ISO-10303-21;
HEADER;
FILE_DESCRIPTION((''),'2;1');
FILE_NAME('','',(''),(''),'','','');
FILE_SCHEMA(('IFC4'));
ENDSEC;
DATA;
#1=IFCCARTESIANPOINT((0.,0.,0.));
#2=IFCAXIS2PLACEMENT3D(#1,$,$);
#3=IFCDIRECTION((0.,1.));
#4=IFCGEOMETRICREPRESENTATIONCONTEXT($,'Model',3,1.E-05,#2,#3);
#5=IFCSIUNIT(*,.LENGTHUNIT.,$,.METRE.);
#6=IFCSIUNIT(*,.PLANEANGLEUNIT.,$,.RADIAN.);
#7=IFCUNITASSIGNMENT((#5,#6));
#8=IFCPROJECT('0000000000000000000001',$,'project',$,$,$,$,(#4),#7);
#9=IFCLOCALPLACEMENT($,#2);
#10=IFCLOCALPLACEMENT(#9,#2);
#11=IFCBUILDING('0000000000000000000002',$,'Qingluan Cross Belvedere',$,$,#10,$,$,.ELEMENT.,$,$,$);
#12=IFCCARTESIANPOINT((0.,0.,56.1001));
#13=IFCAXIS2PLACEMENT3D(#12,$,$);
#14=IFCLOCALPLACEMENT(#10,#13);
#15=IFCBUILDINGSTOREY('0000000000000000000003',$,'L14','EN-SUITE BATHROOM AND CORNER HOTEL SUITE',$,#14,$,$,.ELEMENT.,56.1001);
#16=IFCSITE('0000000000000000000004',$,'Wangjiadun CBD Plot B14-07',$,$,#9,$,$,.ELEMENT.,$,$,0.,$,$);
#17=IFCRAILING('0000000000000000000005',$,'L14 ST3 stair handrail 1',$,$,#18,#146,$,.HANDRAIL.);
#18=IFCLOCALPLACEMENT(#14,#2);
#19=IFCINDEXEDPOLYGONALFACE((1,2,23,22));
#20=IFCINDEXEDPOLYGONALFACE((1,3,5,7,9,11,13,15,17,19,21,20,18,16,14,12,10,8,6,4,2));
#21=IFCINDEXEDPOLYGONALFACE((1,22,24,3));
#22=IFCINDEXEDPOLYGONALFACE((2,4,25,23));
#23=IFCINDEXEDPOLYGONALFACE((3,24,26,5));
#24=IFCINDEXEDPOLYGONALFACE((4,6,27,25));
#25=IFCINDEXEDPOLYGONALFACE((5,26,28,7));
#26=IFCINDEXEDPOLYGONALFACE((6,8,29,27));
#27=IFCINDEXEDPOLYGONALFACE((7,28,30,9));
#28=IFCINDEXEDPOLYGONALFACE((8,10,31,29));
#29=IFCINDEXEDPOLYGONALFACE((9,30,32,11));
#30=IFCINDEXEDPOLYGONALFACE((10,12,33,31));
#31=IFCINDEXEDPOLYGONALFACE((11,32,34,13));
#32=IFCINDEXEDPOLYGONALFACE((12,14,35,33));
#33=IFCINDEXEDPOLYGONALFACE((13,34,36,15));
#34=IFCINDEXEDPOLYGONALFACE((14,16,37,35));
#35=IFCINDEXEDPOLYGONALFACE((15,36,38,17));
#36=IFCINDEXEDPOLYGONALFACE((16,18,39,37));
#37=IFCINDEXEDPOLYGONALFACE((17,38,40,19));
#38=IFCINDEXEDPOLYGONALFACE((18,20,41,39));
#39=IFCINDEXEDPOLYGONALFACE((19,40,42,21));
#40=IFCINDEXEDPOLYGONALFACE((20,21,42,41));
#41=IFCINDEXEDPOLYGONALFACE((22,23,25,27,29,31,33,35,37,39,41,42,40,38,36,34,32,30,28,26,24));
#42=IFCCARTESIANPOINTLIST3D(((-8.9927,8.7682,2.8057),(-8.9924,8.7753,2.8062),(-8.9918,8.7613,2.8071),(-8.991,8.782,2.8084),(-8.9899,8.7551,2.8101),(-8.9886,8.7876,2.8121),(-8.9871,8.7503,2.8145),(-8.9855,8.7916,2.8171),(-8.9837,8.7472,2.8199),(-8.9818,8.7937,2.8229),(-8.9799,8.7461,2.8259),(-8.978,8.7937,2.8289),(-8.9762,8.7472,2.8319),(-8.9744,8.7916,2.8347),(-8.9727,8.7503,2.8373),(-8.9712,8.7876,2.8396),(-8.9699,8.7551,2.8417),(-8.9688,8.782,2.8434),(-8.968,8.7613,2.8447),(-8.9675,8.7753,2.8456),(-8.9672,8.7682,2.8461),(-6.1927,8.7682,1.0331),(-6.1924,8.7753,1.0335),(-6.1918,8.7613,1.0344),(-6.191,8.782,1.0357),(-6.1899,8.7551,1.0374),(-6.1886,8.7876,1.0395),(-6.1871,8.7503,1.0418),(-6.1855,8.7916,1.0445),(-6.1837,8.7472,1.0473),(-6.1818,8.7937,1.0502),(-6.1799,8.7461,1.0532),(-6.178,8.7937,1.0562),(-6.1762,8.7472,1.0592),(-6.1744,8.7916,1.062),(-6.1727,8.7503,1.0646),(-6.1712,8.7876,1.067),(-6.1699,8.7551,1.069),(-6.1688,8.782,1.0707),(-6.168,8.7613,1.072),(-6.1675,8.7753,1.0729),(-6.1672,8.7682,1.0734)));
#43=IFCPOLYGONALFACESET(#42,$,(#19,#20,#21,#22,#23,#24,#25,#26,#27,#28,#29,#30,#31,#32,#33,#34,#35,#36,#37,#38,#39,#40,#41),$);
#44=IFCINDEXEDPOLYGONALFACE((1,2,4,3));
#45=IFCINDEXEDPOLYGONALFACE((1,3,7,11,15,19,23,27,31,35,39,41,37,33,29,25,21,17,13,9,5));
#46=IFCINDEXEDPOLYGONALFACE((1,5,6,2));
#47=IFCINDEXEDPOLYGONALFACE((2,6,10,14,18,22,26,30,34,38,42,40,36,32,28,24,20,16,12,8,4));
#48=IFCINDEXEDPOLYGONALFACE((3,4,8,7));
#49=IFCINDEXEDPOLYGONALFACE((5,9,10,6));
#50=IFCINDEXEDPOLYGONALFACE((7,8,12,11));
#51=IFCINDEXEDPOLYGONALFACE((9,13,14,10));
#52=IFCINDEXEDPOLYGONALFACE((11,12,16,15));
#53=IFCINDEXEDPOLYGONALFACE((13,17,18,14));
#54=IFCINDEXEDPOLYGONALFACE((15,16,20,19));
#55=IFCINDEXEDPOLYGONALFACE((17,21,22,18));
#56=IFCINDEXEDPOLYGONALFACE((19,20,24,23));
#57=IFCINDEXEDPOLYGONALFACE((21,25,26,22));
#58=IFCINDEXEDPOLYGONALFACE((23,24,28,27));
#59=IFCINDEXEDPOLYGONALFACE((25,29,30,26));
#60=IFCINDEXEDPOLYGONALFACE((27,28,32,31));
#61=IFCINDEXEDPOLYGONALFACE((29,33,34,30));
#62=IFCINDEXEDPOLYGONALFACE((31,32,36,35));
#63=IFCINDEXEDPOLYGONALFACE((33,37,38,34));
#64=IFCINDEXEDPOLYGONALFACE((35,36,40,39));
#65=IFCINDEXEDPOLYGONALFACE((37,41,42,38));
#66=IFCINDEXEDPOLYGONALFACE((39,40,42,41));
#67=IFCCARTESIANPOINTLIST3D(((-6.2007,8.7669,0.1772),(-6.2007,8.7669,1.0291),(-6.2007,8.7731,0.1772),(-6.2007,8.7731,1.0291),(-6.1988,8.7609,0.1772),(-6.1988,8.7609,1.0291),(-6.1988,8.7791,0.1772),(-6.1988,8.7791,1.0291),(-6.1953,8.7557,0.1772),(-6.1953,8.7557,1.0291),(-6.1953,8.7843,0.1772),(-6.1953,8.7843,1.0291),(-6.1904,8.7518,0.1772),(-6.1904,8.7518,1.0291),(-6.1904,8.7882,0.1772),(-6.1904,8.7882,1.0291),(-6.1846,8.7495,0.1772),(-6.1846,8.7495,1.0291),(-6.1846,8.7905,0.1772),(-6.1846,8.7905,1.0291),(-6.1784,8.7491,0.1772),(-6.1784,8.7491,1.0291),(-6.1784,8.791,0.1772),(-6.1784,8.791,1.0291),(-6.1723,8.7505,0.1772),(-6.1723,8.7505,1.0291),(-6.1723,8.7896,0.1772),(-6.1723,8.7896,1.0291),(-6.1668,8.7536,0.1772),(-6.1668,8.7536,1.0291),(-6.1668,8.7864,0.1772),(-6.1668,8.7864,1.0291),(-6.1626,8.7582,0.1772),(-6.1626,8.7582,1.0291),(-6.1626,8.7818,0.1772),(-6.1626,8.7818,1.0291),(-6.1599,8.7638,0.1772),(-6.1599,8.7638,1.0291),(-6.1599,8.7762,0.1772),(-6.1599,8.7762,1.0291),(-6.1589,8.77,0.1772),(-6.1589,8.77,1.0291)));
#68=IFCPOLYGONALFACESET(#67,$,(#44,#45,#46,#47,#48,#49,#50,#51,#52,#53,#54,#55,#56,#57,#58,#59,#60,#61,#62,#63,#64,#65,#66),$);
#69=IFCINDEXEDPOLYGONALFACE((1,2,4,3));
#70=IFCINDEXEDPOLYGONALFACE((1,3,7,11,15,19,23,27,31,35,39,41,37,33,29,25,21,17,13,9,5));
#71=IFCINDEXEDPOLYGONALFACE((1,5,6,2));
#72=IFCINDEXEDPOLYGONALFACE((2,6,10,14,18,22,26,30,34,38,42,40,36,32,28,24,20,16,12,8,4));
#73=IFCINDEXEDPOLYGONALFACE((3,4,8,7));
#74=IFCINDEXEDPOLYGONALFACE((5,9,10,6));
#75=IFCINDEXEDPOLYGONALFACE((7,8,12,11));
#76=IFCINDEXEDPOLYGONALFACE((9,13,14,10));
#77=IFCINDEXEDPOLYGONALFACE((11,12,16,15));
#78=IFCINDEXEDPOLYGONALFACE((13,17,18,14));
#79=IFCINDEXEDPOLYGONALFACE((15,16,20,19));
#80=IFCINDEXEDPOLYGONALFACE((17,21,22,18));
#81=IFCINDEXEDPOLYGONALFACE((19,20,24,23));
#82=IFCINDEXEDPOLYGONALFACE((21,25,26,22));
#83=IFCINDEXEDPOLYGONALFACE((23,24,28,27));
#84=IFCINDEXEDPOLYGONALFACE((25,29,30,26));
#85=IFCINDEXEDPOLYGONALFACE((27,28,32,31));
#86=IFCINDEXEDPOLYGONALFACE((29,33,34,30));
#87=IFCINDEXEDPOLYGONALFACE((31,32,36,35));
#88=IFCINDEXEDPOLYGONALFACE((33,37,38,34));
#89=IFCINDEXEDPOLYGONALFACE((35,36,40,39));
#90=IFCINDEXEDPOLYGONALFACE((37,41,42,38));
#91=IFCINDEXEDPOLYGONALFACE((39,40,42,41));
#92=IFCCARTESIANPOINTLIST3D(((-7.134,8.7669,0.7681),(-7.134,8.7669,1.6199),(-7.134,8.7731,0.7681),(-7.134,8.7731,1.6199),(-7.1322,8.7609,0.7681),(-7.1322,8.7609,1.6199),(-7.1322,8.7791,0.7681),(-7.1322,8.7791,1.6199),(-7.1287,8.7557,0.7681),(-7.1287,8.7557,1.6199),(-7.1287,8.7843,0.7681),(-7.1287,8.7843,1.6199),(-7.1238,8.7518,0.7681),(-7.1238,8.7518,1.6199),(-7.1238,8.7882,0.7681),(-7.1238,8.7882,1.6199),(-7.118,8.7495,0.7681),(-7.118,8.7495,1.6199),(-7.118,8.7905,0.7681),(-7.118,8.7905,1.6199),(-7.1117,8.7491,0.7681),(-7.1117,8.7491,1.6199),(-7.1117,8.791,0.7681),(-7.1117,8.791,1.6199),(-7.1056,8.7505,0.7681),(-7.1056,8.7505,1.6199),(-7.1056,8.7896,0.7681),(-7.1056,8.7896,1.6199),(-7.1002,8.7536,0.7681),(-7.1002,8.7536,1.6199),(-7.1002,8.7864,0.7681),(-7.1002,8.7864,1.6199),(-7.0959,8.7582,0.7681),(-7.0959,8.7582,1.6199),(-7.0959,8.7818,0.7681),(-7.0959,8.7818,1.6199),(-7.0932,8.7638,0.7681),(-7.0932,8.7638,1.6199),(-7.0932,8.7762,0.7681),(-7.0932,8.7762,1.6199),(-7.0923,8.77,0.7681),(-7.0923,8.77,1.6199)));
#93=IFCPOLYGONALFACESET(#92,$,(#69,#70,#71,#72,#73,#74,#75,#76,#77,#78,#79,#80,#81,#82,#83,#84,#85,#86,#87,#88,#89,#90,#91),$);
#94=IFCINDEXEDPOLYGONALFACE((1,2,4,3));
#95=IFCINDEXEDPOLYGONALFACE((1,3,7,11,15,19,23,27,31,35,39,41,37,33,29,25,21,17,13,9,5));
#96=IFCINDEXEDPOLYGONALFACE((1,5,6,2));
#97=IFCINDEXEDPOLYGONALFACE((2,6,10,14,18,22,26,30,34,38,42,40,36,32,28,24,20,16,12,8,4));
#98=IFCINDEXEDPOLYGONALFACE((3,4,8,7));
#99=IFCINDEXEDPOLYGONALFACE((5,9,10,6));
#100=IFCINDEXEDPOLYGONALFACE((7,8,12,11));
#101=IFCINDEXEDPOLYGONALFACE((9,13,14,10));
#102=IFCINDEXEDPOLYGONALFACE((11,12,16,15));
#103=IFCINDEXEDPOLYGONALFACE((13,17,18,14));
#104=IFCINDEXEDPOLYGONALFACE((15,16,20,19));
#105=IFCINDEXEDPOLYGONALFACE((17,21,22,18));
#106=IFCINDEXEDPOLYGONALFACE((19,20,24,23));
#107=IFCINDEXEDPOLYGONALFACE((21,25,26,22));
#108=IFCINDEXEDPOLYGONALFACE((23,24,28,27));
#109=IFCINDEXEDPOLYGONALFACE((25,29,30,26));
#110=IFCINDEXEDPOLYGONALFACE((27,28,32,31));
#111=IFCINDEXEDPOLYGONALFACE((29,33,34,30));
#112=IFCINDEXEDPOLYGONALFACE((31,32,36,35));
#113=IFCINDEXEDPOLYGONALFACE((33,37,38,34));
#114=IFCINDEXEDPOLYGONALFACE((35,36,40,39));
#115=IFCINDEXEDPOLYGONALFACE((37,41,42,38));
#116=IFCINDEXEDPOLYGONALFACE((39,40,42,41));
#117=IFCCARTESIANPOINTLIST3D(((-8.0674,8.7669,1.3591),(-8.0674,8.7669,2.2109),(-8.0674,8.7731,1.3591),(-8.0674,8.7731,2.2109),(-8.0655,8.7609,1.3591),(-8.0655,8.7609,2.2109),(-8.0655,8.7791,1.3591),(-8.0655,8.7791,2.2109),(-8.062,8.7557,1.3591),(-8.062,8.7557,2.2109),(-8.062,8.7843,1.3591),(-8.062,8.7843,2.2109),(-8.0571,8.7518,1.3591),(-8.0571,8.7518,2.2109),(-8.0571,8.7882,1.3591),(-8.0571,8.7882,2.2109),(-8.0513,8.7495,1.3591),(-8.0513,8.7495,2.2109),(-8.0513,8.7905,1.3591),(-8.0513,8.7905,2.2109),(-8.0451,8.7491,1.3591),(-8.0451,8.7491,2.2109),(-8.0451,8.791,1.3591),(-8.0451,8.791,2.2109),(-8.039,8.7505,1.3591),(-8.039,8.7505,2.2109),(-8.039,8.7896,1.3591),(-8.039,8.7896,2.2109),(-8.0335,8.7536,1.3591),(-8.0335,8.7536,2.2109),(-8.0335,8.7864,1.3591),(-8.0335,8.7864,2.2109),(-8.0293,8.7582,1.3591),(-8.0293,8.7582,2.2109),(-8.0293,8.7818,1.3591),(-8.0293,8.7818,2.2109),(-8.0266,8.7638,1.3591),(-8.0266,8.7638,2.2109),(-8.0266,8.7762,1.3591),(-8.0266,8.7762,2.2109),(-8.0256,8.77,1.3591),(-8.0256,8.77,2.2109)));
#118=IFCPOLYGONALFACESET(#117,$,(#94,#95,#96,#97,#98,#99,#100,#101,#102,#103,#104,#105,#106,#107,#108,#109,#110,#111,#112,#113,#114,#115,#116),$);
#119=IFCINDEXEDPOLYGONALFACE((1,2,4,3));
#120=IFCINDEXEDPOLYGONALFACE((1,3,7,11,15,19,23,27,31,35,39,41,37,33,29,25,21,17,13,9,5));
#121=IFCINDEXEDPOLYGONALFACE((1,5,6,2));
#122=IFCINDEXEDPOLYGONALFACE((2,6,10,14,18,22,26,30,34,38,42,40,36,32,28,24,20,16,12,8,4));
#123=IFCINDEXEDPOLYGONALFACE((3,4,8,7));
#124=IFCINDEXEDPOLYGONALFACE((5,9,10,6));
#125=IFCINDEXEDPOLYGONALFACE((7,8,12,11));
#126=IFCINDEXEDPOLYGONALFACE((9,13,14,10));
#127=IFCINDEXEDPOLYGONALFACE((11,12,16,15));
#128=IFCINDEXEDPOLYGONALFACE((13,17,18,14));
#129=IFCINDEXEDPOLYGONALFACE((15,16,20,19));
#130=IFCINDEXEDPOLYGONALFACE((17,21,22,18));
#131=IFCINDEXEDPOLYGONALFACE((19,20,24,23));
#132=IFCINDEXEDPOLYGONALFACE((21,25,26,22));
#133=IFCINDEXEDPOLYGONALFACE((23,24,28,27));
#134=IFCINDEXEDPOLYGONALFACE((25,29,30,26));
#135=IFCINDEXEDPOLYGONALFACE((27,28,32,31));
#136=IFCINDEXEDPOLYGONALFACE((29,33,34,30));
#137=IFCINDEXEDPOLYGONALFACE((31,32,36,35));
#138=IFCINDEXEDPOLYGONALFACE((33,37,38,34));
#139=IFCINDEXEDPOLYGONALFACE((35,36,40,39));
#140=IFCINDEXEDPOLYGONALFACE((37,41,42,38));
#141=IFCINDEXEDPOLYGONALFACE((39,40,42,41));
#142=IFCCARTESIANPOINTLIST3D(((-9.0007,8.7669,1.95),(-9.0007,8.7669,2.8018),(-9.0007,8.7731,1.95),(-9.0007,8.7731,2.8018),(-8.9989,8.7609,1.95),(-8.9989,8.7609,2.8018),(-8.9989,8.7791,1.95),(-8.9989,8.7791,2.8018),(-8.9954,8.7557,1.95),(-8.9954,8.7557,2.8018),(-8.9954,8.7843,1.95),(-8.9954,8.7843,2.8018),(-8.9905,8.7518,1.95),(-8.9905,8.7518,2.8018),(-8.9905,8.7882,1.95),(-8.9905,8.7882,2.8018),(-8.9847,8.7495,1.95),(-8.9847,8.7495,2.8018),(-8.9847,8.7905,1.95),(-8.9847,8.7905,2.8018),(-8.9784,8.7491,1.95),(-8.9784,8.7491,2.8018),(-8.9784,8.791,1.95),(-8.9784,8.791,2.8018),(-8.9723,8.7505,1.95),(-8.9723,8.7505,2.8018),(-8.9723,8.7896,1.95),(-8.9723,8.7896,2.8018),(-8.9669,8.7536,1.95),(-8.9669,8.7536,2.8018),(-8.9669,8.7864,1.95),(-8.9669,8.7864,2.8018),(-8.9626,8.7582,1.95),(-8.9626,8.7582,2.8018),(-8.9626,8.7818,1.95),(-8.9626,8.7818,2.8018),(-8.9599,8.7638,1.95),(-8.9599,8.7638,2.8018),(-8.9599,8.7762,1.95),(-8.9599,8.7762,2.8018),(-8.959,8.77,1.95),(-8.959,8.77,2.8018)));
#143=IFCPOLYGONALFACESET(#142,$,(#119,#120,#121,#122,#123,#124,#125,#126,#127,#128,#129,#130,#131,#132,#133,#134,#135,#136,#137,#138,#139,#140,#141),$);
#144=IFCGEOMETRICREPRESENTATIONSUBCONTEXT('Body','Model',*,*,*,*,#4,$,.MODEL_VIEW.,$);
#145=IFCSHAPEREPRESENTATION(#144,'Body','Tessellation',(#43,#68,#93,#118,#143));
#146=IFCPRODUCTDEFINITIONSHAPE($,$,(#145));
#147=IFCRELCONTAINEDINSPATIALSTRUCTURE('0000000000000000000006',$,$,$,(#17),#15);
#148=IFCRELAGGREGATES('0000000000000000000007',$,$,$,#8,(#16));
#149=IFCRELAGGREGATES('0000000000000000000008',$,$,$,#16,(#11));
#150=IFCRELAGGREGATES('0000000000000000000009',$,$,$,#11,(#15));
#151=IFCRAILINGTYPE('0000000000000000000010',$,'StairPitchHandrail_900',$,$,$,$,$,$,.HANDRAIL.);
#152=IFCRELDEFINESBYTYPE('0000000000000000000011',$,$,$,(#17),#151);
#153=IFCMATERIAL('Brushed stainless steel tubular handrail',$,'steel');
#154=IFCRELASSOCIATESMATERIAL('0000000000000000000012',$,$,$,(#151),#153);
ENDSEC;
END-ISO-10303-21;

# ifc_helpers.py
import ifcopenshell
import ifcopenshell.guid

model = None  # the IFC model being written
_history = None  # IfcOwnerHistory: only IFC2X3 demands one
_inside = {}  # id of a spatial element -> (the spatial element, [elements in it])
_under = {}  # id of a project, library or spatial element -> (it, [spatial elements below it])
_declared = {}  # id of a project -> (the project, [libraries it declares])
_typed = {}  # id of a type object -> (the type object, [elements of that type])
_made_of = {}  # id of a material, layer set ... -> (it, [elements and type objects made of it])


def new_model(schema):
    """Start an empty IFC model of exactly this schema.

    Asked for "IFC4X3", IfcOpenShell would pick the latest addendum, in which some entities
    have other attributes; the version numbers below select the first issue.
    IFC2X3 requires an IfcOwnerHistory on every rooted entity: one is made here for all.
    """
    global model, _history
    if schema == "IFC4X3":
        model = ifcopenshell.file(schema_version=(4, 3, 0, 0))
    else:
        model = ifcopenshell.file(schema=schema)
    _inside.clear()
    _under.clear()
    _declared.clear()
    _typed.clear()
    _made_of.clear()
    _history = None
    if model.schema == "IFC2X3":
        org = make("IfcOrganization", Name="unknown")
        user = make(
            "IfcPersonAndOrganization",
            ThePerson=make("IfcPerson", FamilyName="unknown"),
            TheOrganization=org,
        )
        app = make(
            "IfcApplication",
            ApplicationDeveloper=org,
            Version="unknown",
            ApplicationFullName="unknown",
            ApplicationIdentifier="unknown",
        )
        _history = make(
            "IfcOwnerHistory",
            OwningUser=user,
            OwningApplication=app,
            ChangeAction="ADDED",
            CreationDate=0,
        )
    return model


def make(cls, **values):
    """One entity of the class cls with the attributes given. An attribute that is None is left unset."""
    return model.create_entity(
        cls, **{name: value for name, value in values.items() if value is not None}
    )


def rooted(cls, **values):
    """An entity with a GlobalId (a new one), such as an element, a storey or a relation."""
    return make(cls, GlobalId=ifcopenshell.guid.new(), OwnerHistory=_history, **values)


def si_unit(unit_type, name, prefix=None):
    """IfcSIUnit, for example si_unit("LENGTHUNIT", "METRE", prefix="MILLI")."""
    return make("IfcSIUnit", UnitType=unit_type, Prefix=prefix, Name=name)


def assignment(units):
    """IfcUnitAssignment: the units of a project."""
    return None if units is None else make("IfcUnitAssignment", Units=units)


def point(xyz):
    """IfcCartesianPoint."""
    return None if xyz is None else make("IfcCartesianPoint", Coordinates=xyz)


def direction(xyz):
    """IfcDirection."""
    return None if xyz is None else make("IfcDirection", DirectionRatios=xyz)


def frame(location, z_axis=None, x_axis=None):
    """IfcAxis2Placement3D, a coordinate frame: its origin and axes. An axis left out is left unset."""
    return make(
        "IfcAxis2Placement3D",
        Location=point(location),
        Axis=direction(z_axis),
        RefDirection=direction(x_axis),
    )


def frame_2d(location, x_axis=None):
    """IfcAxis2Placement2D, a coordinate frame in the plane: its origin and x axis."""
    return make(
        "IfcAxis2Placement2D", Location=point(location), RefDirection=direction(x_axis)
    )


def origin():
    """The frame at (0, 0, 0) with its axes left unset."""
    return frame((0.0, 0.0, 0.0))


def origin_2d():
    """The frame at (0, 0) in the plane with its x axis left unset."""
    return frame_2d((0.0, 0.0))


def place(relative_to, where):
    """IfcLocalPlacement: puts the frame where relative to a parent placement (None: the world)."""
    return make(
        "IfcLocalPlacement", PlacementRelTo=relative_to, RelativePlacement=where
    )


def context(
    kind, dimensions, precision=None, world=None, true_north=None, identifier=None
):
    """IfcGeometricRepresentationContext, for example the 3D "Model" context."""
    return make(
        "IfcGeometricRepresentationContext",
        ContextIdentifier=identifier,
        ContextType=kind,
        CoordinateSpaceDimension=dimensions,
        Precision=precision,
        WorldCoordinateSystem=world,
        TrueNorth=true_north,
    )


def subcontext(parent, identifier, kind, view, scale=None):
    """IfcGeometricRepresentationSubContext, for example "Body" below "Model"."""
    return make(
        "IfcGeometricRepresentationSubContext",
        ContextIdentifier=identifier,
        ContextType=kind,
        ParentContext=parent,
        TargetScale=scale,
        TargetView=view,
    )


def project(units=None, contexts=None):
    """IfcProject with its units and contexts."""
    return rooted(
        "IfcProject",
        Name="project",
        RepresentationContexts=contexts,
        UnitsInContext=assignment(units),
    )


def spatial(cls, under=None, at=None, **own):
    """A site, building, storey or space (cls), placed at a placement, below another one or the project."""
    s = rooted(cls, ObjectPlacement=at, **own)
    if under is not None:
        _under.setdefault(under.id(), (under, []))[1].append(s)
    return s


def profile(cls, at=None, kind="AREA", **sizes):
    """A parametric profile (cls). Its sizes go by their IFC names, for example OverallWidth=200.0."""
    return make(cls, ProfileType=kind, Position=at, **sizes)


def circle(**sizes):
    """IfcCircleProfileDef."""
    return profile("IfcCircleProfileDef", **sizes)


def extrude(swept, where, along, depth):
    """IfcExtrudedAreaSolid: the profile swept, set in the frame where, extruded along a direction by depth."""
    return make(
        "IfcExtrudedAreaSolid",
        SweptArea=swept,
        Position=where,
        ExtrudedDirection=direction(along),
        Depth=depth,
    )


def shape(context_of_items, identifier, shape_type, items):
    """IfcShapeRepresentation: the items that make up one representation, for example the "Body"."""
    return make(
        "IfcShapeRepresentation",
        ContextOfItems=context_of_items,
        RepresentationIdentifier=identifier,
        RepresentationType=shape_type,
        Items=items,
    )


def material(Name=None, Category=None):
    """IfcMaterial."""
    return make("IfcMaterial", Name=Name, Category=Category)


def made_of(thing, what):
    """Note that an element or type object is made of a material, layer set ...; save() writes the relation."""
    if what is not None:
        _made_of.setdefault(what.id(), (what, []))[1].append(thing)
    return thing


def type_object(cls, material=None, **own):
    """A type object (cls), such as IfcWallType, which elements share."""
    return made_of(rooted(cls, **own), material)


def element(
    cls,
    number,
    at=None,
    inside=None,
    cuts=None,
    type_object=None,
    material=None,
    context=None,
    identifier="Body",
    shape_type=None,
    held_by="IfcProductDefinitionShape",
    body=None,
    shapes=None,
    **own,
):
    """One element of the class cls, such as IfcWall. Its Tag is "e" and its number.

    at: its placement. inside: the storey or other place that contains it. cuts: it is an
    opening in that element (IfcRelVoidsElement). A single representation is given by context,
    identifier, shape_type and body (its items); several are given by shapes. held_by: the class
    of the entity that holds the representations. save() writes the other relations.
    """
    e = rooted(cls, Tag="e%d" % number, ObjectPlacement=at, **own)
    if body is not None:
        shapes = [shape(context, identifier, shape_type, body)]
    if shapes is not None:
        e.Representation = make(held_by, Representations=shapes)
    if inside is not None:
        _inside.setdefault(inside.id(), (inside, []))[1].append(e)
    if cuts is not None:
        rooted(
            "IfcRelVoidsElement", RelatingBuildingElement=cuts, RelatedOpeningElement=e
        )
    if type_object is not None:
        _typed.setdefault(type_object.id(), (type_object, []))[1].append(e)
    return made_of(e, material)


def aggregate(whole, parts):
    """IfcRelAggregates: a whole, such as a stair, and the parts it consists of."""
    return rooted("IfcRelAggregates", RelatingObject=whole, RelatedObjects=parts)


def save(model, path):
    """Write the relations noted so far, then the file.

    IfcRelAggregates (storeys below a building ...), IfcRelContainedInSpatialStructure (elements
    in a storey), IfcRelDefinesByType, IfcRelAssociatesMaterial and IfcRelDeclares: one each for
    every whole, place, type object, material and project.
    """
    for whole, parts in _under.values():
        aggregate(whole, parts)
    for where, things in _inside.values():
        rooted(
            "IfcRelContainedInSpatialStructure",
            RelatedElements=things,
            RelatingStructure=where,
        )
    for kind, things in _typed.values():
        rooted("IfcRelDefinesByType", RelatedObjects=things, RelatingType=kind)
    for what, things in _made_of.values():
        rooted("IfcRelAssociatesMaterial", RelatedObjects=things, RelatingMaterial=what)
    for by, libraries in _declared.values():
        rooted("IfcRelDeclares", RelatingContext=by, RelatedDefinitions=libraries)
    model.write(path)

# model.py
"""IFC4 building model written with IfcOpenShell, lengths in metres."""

from ifc_helpers import new_model, si_unit, direction, frame, origin, origin_2d, place, context, subcontext, project, spatial, circle, extrude, material, type_object, element, save


model = new_model("IFC4")

# Units and contexts
model_context = context("Model", 3, precision=1e-05, world=origin(), true_north=direction((0.0, 1.0)))
body_context = subcontext(model_context, "Body", "Model", "MODEL_VIEW")
ifc_project = project(units=[si_unit("LENGTHUNIT", "METRE"), si_unit("PLANEANGLEUNIT", "RADIAN")], contexts=[model_context])

# Site, building, storey
site_placement = place(None, origin())
site = spatial("IfcSite", under=ifc_project, at=site_placement, Name="Wangjiadun CBD Plot B14-07", CompositionType="ELEMENT", RefElevation=0.0)
building_placement = place(site_placement, origin())
building = spatial("IfcBuilding", under=site, at=building_placement, Name="Qingluan Cross Belvedere", CompositionType="ELEMENT")
storey_placement = place(building_placement, frame((0.0, 0.0, 56.1001)))
storey = spatial("IfcBuildingStorey", under=building, at=storey_placement, Name="L14", Description="EN-SUITE BATHROOM AND CORNER HOTEL SUITE", CompositionType="ELEMENT", Elevation=56.1001)

# Railing
ifc_material_1 = material(Name="Brushed stainless steel tubular handrail", Category="steel")
railing_type = type_object("IfcRailingType", Name="StairPitchHandrail_900", PredefinedType="HANDRAIL", material=ifc_material_1)
railing_placement = place(storey_placement, frame((-6.1799, 8.77, 0.1772)))
element("IfcRailing", 1, at=railing_placement, inside=storey, type_object=railing_type, Name="L14 ST3 stair handrail 1", PredefinedType="HANDRAIL", context=body_context, shape_type="SweptSolid", body=[
    extrude(circle(Radius=0.0239, at=origin_2d()), frame((0.0, 0.0, 0.876), z_axis=(-0.844909, 0.0, 0.53491), x_axis=(0.0, -1.0, 0.0)), (0.0, 0.0, 1.0), 3.314),
    extrude(circle(Radius=0.021, at=origin_2d()), origin(), (0.0, 0.0, 1.0), 0.8518),
    extrude(circle(Radius=0.021, at=origin_2d()), frame((-0.9333, 0.0, 0.5908)), (0.0, 0.0, 1.0), 0.8518),
    extrude(circle(Radius=0.021, at=origin_2d()), frame((-1.8667, 0.0, 1.1819)), (0.0, 0.0, 1.0), 0.8518),
    extrude(circle(Radius=0.021, at=origin_2d()), frame((-2.8, 0.0, 1.7727)), (0.0, 0.0, 1.0), 0.8518),
])

save(model, "model.ifc")
